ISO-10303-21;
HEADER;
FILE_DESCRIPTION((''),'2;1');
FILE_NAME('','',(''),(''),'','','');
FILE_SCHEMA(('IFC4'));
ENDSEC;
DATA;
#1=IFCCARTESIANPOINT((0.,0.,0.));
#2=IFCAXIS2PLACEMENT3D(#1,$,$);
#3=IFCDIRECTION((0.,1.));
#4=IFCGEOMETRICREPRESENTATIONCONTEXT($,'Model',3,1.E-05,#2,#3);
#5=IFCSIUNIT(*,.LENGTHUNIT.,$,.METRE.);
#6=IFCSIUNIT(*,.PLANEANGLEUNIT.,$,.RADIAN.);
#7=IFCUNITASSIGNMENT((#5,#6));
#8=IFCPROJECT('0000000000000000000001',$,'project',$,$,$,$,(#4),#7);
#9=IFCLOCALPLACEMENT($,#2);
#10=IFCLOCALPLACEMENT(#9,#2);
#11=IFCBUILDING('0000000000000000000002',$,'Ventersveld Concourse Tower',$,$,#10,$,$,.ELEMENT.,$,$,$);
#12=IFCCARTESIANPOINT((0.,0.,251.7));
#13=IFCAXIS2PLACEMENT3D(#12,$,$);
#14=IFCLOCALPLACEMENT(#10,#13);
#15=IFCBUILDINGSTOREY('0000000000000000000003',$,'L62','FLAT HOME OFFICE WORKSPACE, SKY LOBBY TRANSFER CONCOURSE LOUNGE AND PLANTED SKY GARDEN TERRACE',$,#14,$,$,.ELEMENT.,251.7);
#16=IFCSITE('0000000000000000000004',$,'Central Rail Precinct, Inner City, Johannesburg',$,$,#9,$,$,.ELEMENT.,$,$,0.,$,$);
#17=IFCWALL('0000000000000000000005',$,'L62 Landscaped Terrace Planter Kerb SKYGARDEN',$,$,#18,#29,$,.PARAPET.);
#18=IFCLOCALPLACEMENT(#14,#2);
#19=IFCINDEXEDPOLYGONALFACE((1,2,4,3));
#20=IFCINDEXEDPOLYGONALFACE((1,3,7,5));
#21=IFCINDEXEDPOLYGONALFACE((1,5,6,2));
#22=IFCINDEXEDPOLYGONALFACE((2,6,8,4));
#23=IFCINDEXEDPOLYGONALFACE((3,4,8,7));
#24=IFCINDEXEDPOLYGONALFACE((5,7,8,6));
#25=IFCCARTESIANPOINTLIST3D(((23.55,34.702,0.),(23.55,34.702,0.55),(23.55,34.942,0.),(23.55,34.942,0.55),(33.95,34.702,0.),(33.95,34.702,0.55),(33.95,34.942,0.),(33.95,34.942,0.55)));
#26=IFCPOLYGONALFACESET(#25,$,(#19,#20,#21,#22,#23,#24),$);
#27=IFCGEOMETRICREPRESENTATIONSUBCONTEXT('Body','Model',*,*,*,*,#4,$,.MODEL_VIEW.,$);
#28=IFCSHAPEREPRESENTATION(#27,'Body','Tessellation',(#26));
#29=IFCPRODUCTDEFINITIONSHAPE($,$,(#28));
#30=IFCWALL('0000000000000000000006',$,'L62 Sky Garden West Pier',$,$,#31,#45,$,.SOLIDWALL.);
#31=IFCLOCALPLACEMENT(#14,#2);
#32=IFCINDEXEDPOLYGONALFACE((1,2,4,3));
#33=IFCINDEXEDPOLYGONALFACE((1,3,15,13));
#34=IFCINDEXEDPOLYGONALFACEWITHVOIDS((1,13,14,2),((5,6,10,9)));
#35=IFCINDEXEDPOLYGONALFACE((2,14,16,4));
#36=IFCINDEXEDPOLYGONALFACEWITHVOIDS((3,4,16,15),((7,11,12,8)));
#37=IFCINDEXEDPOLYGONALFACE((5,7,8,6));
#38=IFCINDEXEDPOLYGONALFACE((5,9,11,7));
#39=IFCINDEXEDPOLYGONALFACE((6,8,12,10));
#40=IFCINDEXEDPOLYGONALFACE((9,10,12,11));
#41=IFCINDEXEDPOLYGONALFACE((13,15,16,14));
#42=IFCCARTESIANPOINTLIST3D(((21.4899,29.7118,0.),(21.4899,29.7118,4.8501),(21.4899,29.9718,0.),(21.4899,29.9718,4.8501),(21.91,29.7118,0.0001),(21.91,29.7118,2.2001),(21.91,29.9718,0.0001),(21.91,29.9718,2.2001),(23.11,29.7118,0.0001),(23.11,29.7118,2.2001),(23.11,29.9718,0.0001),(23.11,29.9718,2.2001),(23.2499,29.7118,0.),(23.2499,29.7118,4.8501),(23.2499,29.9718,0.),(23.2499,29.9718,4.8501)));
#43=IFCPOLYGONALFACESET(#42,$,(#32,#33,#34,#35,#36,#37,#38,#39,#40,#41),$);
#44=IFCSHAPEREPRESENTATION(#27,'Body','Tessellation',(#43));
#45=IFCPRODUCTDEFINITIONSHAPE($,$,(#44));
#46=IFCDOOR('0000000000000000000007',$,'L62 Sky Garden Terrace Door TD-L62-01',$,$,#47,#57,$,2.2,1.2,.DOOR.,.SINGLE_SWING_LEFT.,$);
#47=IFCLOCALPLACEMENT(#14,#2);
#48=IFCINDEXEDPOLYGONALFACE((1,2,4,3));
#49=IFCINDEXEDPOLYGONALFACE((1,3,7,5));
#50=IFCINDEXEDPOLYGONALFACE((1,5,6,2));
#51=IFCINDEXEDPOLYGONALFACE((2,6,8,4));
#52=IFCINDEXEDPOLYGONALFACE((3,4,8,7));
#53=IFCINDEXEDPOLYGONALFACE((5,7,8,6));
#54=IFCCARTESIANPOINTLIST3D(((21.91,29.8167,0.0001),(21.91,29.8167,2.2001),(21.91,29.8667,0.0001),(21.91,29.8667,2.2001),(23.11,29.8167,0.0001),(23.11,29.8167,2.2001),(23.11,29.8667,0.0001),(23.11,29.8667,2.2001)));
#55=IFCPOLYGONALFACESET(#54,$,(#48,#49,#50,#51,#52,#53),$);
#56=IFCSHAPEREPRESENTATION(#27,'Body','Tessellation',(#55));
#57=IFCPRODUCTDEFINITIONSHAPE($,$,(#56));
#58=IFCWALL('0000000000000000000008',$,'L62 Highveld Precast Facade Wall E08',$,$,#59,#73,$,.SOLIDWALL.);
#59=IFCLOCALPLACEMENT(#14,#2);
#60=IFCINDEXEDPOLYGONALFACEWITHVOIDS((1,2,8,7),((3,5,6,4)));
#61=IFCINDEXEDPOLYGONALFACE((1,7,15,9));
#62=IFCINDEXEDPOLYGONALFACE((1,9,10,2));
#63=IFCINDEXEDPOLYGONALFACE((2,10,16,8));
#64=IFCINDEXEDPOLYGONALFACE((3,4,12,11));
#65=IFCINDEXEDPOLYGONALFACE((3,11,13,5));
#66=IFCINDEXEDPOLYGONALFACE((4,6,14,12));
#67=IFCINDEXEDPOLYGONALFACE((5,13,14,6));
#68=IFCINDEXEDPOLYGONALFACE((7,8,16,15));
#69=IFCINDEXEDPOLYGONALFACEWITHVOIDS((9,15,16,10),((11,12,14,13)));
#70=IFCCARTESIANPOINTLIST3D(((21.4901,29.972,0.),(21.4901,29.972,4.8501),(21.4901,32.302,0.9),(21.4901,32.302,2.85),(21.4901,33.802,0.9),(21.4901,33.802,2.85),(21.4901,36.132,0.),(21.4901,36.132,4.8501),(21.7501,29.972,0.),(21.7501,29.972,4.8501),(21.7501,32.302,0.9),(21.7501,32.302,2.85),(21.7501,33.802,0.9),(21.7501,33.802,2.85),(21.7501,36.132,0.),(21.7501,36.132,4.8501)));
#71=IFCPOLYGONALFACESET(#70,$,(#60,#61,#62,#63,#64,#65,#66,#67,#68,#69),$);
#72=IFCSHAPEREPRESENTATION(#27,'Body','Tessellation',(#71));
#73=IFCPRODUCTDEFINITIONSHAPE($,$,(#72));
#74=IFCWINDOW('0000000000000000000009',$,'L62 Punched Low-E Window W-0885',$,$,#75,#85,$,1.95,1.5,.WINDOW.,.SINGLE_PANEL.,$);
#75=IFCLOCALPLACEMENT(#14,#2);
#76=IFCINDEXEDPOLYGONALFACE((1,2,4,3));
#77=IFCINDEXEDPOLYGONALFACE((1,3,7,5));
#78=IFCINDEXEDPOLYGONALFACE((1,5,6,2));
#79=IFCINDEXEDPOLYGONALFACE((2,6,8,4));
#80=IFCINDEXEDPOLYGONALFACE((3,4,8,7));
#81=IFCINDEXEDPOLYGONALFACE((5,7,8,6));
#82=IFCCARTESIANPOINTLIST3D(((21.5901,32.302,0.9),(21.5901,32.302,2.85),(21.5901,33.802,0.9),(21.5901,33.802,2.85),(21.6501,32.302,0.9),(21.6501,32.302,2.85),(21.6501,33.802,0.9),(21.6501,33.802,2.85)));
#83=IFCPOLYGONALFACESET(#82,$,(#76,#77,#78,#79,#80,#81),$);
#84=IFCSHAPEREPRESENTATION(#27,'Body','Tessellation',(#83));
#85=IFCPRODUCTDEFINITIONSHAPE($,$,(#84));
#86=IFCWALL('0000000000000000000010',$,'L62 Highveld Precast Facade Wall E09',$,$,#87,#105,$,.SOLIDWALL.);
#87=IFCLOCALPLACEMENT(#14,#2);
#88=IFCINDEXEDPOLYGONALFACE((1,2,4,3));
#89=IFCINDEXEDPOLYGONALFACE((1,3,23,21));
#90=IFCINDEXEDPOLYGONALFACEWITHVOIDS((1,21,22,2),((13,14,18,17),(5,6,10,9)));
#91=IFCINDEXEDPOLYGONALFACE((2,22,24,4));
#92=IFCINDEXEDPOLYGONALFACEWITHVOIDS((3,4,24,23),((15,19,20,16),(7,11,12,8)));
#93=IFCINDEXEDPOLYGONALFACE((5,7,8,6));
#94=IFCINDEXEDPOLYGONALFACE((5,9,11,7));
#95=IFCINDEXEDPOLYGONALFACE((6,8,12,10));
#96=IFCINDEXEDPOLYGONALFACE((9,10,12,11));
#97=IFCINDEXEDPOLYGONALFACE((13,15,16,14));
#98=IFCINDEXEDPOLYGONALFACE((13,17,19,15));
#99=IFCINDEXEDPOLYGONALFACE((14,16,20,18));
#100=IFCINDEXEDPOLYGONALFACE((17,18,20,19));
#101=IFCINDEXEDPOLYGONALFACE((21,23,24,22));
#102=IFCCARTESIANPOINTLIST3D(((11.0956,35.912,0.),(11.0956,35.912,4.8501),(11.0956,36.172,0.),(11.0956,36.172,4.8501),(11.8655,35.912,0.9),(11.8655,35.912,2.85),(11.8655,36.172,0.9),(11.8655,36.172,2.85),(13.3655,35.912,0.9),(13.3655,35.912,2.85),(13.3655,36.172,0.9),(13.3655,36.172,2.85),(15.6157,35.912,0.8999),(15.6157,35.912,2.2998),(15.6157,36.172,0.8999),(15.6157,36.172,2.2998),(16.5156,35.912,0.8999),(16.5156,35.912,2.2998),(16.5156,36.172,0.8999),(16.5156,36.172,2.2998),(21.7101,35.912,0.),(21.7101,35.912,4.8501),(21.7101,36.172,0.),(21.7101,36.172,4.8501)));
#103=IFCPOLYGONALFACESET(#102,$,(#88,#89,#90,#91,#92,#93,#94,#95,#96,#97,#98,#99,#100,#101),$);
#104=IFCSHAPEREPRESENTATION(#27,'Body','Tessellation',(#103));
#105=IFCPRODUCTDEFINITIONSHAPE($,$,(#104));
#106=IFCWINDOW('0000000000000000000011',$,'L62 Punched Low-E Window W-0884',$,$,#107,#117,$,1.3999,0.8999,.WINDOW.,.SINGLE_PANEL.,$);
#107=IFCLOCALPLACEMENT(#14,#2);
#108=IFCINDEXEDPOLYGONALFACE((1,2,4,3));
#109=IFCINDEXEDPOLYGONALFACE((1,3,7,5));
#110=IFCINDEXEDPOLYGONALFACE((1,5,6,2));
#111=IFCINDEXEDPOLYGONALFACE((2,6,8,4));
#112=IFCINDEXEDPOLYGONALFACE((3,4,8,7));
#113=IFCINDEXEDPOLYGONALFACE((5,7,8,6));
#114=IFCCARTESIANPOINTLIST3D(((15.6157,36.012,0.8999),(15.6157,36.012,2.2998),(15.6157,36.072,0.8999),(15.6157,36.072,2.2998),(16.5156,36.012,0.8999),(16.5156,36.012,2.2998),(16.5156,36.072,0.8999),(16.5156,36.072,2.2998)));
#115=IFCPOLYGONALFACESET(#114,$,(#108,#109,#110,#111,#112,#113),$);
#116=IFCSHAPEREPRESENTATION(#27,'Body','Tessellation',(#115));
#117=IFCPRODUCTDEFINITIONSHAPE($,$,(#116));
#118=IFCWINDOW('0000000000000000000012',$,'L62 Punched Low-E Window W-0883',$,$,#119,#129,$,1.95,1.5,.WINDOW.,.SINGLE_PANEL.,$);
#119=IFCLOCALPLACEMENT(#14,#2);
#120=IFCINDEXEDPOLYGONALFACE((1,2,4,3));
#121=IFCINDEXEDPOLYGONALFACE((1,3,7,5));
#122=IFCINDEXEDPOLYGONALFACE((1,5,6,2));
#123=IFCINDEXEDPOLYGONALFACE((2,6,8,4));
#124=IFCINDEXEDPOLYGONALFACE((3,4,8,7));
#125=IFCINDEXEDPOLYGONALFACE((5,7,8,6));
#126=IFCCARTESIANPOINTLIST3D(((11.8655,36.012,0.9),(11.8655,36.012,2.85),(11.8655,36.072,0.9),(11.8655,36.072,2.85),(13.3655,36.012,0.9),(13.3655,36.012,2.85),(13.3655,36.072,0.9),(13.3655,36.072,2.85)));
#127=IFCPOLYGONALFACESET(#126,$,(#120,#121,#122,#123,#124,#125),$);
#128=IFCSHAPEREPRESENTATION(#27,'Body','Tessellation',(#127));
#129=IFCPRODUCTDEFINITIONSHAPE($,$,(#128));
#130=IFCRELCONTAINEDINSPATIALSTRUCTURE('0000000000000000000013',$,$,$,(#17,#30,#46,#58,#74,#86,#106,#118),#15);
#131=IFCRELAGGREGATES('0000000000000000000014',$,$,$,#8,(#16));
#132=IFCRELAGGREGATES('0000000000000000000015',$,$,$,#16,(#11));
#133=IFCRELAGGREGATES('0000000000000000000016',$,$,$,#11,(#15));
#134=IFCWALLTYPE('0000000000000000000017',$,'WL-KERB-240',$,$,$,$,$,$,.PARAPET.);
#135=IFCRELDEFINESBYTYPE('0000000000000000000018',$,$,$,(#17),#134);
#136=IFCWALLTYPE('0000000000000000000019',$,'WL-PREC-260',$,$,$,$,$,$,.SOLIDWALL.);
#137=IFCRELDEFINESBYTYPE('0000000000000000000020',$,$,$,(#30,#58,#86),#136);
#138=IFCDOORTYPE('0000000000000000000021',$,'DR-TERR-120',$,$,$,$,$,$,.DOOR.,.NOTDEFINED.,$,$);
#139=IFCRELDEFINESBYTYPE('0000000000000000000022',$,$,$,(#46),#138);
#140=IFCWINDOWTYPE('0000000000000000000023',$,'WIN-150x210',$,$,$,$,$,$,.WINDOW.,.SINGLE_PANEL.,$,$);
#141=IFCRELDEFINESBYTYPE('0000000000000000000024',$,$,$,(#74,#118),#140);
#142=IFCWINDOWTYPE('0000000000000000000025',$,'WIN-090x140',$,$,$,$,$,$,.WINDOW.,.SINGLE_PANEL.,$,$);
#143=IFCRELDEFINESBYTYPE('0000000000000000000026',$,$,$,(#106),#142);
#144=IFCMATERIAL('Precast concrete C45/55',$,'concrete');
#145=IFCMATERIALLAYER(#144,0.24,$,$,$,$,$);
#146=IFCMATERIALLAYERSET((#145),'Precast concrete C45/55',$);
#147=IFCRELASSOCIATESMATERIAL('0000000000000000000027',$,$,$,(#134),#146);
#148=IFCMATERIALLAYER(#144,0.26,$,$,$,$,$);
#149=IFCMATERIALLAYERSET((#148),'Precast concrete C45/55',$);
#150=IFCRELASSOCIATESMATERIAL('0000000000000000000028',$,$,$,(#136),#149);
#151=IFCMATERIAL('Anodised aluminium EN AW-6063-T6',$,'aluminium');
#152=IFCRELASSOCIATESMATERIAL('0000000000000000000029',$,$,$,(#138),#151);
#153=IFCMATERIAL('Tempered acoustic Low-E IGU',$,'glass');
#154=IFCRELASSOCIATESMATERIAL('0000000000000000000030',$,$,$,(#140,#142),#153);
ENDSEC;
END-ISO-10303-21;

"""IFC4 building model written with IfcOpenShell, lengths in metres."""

from ifc_helpers import new_model, si_unit, direction, frame, frame_2d, origin, place, context, subcontext, project, spatial, rectangle, extrude, material, layer, layer_set, type_object, element, fill, save


model = new_model("IFC4")

# Units and contexts
model_context = context("Model", 3, precision=1e-05, world=origin(), true_north=direction((0.0, 1.0)))
body_context = subcontext(model_context, "Body", "Model", "MODEL_VIEW")
ifc_project = project(units=[si_unit("LENGTHUNIT", "METRE"), si_unit("PLANEANGLEUNIT", "RADIAN")], contexts=[model_context])

# Site, building, storey
site_placement = place(None, origin())
site = spatial("IfcSite", under=ifc_project, at=site_placement, Name="Central Rail Precinct, Inner City, Johannesburg", CompositionType="ELEMENT", RefElevation=0.0)
building_placement = place(site_placement, origin())
building = spatial("IfcBuilding", under=site, at=building_placement, Name="Ventersveld Concourse Tower", CompositionType="ELEMENT")
storey_placement = place(building_placement, frame((0.0, 0.0, 251.7)))
storey = spatial("IfcBuildingStorey", under=building, at=storey_placement, Name="L62", Description="FLAT HOME OFFICE WORKSPACE, SKY LOBBY TRANSFER CONCOURSE LOUNGE AND PLANTED SKY GARDEN TERRACE", CompositionType="ELEMENT", Elevation=251.7)

# Shared definitions
ifc_material_1 = material(Name="Anodised aluminium EN AW-6063-T6", Category="aluminium")

# Wall
ifc_material_2 = material(Name="Precast concrete C45/55", Category="concrete")
ifc_layer_1 = layer(ifc_material_2, 0.24)
ifc_layer_set_1 = layer_set([ifc_layer_1], Name="Precast concrete C45/55")
wall_type_1 = type_object("IfcWallType", Name="WL-KERB-240", PredefinedType="PARAPET", material=ifc_layer_set_1)
wall_1_placement = place(storey_placement, frame((23.55, 34.822, 0.0), z_axis=(0.0, 0.0, 1.0), x_axis=(1.0, 0.0, 0.0)))
element("IfcWall", 1, at=wall_1_placement, inside=storey, type_object=wall_type_1, Name="L62 Landscaped Terrace Planter Kerb SKYGARDEN", PredefinedType="PARAPET", context=body_context, shape_type="SweptSolid", body=[
    extrude(rectangle(XDim=10.3999, YDim=0.24, at=frame_2d((5.2, 0.0))), origin(), (0.0, 0.0, 1.0), 0.55),
])

# Wall, opening, door
ifc_layer_2 = layer(ifc_material_2, 0.26)
ifc_layer_set_2 = layer_set([ifc_layer_2], Name="Precast concrete C45/55")
wall_type_2 = type_object("IfcWallType", Name="WL-PREC-260", PredefinedType="SOLIDWALL", material=ifc_layer_set_2)
wall_2_placement = place(storey_placement, frame((21.49, 29.8418, 0.0), z_axis=(0.0, 0.0, 1.0), x_axis=(1.0, 0.0, 0.0)))
wall_2 = element("IfcWall", 2, at=wall_2_placement, inside=storey, type_object=wall_type_2, Name="L62 Sky Garden West Pier", PredefinedType="SOLIDWALL", context=body_context, shape_type="SweptSolid", body=[
    extrude(rectangle(XDim=1.76, YDim=0.26, at=frame_2d((0.8799, 0.0))), origin(), (0.0, 0.0, 1.0), 4.8501),
])
opening_1_placement = place(wall_2_placement, frame((0.4199, 0.0, 0.0)))
opening_1 = element("IfcOpeningElement", 3, at=opening_1_placement, cuts=wall_2, PredefinedType="OPENING", context=body_context, shape_type="SweptSolid", body=[
    extrude(rectangle(XDim=1.2, YDim=2.2, at=frame_2d((0.6001, 1.1001))), frame((0.0, 0.1401, 0.0), z_axis=(0.0, -1.0, 0.0), x_axis=(1.0, 0.0, 0.0)), (0.0, 0.0, 1.0), 0.28),
])
door_type = type_object("IfcDoorType", Name="DR-TERR-120", OperationType="NOTDEFINED", PredefinedType="DOOR", material=ifc_material_1)
door_placement = place(opening_1_placement, origin())
door = element("IfcDoor", 4, at=door_placement, inside=storey, type_object=door_type, Name="L62 Sky Garden Terrace Door TD-L62-01", OperationType="SINGLE_SWING_LEFT", OverallHeight=2.2, OverallWidth=1.2, PredefinedType="DOOR", context=body_context, shape_type="SweptSolid", body=[
    extrude(rectangle(XDim=1.2, YDim=2.2, at=frame_2d((0.6001, 1.1001))), frame((0.0, 0.0249, 0.0), z_axis=(0.0, -1.0, 0.0), x_axis=(1.0, 0.0, 0.0)), (0.0, 0.0, 1.0), 0.05),
])
fill(opening_1, door)

# Wall, opening, window
wall_3_placement = place(storey_placement, frame((21.6201, 29.9719, 0.0), z_axis=(0.0, 0.0, 1.0), x_axis=(0.0, 1.0, 0.0)))
wall_3 = element("IfcWall", 5, at=wall_3_placement, inside=storey, type_object=wall_type_2, Name="L62 Highveld Precast Facade Wall E08", PredefinedType="SOLIDWALL", context=body_context, shape_type="SweptSolid", body=[
    extrude(rectangle(XDim=6.1599, YDim=0.26, at=frame_2d((3.0801, 0.0))), origin(), (0.0, 0.0, 1.0), 4.8501),
])
opening_2_placement = place(wall_3_placement, frame((2.3301, 0.0, 0.8999)))
opening_2 = element("IfcOpeningElement", 6, at=opening_2_placement, cuts=wall_3, PredefinedType="OPENING", context=body_context, shape_type="SweptSolid", body=[
    extrude(rectangle(XDim=1.5, YDim=1.95, at=frame_2d((0.75, 0.9751))), frame((0.0, 0.1401, 0.0), z_axis=(0.0, -1.0, 0.0), x_axis=(1.0, 0.0, 0.0)), (0.0, 0.0, 1.0), 0.28),
])
ifc_material_3 = material(Name="Tempered acoustic Low-E IGU", Category="glass")
window_type_1 = type_object("IfcWindowType", Name="WIN-150x210", PartitioningType="SINGLE_PANEL", PredefinedType="WINDOW", material=ifc_material_3)
window_1_placement = place(opening_2_placement, origin())
window_1 = element("IfcWindow", 7, at=window_1_placement, inside=storey, type_object=window_type_1, Name="L62 Punched Low-E Window W-0885", OverallHeight=1.95, OverallWidth=1.5, PartitioningType="SINGLE_PANEL", PredefinedType="WINDOW", context=body_context, shape_type="SweptSolid", body=[
    extrude(rectangle(XDim=1.5, YDim=1.95, at=frame_2d((0.75, 0.9751))), frame((0.0, 0.03, 0.0), z_axis=(0.0, -1.0, 0.0), x_axis=(1.0, 0.0, 0.0)), (0.0, 0.0, 1.0), 0.0601),
])
fill(opening_2, window_1)

# Wall, openings, windows
wall_4_placement = place(storey_placement, frame((21.71, 36.042, 0.0), z_axis=(0.0, 0.0, 1.0), x_axis=(-1.0, 0.0, 0.0)))
wall_4 = element("IfcWall", 8, at=wall_4_placement, inside=storey, type_object=wall_type_2, Name="L62 Highveld Precast Facade Wall E09", PredefinedType="SOLIDWALL", context=body_context, shape_type="SweptSolid", body=[
    extrude(rectangle(XDim=10.6145, YDim=0.26, at=frame_2d((5.3071, 0.0))), origin(), (0.0, 0.0, 1.0), 4.8501),
])
opening_3_placement = place(wall_4_placement, frame((8.3445, 0.0, 0.8999)))
opening_3 = element("IfcOpeningElement", 9, at=opening_3_placement, cuts=wall_4, PredefinedType="OPENING", context=body_context, shape_type="SweptSolid", body=[
    extrude(rectangle(XDim=1.5, YDim=1.95, at=frame_2d((0.75, 0.9751))), frame((0.0, 0.1401, 0.0), z_axis=(0.0, -1.0, 0.0), x_axis=(1.0, 0.0, 0.0)), (0.0, 0.0, 1.0), 0.28),
])
opening_4_placement = place(wall_4_placement, frame((5.1943, 0.0, 0.8999)))
opening_4 = element("IfcOpeningElement", 10, at=opening_4_placement, cuts=wall_4, PredefinedType="OPENING", context=body_context, shape_type="SweptSolid", body=[
    extrude(rectangle(XDim=0.8999, YDim=1.3999, at=frame_2d((0.45, 0.7))), frame((0.0, 0.1401, 0.0), z_axis=(0.0, -1.0, 0.0), x_axis=(1.0, 0.0, 0.0)), (0.0, 0.0, 1.0), 0.28),
])
window_type_2 = type_object("IfcWindowType", Name="WIN-090x140", PartitioningType="SINGLE_PANEL", PredefinedType="WINDOW", material=ifc_material_3)
window_2_placement = place(opening_4_placement, origin())
window_2 = element("IfcWindow", 11, at=window_2_placement, inside=storey, type_object=window_type_2, Name="L62 Punched Low-E Window W-0884", OverallHeight=1.3999, OverallWidth=0.8999, PartitioningType="SINGLE_PANEL", PredefinedType="WINDOW", context=body_context, shape_type="SweptSolid", body=[
    extrude(rectangle(XDim=0.8999, YDim=1.3999, at=frame_2d((0.45, 0.7))), frame((0.0, 0.03, 0.0), z_axis=(0.0, -1.0, 0.0), x_axis=(1.0, 0.0, 0.0)), (0.0, 0.0, 1.0), 0.0601),
])
fill(opening_4, window_2)
window_3_placement = place(opening_3_placement, origin())
window_3 = element("IfcWindow", 12, at=window_3_placement, inside=storey, type_object=window_type_1, Name="L62 Punched Low-E Window W-0883", OverallHeight=1.95, OverallWidth=1.5, PartitioningType="SINGLE_PANEL", PredefinedType="WINDOW", context=body_context, shape_type="SweptSolid", body=[
    extrude(rectangle(XDim=1.5, YDim=1.95, at=frame_2d((0.75, 0.9751))), frame((0.0, 0.03, 0.0), z_axis=(0.0, -1.0, 0.0), x_axis=(1.0, 0.0, 0.0)), (0.0, 0.0, 1.0), 0.0601),
])
fill(opening_3, window_3)

save(model, "model.ifc")
